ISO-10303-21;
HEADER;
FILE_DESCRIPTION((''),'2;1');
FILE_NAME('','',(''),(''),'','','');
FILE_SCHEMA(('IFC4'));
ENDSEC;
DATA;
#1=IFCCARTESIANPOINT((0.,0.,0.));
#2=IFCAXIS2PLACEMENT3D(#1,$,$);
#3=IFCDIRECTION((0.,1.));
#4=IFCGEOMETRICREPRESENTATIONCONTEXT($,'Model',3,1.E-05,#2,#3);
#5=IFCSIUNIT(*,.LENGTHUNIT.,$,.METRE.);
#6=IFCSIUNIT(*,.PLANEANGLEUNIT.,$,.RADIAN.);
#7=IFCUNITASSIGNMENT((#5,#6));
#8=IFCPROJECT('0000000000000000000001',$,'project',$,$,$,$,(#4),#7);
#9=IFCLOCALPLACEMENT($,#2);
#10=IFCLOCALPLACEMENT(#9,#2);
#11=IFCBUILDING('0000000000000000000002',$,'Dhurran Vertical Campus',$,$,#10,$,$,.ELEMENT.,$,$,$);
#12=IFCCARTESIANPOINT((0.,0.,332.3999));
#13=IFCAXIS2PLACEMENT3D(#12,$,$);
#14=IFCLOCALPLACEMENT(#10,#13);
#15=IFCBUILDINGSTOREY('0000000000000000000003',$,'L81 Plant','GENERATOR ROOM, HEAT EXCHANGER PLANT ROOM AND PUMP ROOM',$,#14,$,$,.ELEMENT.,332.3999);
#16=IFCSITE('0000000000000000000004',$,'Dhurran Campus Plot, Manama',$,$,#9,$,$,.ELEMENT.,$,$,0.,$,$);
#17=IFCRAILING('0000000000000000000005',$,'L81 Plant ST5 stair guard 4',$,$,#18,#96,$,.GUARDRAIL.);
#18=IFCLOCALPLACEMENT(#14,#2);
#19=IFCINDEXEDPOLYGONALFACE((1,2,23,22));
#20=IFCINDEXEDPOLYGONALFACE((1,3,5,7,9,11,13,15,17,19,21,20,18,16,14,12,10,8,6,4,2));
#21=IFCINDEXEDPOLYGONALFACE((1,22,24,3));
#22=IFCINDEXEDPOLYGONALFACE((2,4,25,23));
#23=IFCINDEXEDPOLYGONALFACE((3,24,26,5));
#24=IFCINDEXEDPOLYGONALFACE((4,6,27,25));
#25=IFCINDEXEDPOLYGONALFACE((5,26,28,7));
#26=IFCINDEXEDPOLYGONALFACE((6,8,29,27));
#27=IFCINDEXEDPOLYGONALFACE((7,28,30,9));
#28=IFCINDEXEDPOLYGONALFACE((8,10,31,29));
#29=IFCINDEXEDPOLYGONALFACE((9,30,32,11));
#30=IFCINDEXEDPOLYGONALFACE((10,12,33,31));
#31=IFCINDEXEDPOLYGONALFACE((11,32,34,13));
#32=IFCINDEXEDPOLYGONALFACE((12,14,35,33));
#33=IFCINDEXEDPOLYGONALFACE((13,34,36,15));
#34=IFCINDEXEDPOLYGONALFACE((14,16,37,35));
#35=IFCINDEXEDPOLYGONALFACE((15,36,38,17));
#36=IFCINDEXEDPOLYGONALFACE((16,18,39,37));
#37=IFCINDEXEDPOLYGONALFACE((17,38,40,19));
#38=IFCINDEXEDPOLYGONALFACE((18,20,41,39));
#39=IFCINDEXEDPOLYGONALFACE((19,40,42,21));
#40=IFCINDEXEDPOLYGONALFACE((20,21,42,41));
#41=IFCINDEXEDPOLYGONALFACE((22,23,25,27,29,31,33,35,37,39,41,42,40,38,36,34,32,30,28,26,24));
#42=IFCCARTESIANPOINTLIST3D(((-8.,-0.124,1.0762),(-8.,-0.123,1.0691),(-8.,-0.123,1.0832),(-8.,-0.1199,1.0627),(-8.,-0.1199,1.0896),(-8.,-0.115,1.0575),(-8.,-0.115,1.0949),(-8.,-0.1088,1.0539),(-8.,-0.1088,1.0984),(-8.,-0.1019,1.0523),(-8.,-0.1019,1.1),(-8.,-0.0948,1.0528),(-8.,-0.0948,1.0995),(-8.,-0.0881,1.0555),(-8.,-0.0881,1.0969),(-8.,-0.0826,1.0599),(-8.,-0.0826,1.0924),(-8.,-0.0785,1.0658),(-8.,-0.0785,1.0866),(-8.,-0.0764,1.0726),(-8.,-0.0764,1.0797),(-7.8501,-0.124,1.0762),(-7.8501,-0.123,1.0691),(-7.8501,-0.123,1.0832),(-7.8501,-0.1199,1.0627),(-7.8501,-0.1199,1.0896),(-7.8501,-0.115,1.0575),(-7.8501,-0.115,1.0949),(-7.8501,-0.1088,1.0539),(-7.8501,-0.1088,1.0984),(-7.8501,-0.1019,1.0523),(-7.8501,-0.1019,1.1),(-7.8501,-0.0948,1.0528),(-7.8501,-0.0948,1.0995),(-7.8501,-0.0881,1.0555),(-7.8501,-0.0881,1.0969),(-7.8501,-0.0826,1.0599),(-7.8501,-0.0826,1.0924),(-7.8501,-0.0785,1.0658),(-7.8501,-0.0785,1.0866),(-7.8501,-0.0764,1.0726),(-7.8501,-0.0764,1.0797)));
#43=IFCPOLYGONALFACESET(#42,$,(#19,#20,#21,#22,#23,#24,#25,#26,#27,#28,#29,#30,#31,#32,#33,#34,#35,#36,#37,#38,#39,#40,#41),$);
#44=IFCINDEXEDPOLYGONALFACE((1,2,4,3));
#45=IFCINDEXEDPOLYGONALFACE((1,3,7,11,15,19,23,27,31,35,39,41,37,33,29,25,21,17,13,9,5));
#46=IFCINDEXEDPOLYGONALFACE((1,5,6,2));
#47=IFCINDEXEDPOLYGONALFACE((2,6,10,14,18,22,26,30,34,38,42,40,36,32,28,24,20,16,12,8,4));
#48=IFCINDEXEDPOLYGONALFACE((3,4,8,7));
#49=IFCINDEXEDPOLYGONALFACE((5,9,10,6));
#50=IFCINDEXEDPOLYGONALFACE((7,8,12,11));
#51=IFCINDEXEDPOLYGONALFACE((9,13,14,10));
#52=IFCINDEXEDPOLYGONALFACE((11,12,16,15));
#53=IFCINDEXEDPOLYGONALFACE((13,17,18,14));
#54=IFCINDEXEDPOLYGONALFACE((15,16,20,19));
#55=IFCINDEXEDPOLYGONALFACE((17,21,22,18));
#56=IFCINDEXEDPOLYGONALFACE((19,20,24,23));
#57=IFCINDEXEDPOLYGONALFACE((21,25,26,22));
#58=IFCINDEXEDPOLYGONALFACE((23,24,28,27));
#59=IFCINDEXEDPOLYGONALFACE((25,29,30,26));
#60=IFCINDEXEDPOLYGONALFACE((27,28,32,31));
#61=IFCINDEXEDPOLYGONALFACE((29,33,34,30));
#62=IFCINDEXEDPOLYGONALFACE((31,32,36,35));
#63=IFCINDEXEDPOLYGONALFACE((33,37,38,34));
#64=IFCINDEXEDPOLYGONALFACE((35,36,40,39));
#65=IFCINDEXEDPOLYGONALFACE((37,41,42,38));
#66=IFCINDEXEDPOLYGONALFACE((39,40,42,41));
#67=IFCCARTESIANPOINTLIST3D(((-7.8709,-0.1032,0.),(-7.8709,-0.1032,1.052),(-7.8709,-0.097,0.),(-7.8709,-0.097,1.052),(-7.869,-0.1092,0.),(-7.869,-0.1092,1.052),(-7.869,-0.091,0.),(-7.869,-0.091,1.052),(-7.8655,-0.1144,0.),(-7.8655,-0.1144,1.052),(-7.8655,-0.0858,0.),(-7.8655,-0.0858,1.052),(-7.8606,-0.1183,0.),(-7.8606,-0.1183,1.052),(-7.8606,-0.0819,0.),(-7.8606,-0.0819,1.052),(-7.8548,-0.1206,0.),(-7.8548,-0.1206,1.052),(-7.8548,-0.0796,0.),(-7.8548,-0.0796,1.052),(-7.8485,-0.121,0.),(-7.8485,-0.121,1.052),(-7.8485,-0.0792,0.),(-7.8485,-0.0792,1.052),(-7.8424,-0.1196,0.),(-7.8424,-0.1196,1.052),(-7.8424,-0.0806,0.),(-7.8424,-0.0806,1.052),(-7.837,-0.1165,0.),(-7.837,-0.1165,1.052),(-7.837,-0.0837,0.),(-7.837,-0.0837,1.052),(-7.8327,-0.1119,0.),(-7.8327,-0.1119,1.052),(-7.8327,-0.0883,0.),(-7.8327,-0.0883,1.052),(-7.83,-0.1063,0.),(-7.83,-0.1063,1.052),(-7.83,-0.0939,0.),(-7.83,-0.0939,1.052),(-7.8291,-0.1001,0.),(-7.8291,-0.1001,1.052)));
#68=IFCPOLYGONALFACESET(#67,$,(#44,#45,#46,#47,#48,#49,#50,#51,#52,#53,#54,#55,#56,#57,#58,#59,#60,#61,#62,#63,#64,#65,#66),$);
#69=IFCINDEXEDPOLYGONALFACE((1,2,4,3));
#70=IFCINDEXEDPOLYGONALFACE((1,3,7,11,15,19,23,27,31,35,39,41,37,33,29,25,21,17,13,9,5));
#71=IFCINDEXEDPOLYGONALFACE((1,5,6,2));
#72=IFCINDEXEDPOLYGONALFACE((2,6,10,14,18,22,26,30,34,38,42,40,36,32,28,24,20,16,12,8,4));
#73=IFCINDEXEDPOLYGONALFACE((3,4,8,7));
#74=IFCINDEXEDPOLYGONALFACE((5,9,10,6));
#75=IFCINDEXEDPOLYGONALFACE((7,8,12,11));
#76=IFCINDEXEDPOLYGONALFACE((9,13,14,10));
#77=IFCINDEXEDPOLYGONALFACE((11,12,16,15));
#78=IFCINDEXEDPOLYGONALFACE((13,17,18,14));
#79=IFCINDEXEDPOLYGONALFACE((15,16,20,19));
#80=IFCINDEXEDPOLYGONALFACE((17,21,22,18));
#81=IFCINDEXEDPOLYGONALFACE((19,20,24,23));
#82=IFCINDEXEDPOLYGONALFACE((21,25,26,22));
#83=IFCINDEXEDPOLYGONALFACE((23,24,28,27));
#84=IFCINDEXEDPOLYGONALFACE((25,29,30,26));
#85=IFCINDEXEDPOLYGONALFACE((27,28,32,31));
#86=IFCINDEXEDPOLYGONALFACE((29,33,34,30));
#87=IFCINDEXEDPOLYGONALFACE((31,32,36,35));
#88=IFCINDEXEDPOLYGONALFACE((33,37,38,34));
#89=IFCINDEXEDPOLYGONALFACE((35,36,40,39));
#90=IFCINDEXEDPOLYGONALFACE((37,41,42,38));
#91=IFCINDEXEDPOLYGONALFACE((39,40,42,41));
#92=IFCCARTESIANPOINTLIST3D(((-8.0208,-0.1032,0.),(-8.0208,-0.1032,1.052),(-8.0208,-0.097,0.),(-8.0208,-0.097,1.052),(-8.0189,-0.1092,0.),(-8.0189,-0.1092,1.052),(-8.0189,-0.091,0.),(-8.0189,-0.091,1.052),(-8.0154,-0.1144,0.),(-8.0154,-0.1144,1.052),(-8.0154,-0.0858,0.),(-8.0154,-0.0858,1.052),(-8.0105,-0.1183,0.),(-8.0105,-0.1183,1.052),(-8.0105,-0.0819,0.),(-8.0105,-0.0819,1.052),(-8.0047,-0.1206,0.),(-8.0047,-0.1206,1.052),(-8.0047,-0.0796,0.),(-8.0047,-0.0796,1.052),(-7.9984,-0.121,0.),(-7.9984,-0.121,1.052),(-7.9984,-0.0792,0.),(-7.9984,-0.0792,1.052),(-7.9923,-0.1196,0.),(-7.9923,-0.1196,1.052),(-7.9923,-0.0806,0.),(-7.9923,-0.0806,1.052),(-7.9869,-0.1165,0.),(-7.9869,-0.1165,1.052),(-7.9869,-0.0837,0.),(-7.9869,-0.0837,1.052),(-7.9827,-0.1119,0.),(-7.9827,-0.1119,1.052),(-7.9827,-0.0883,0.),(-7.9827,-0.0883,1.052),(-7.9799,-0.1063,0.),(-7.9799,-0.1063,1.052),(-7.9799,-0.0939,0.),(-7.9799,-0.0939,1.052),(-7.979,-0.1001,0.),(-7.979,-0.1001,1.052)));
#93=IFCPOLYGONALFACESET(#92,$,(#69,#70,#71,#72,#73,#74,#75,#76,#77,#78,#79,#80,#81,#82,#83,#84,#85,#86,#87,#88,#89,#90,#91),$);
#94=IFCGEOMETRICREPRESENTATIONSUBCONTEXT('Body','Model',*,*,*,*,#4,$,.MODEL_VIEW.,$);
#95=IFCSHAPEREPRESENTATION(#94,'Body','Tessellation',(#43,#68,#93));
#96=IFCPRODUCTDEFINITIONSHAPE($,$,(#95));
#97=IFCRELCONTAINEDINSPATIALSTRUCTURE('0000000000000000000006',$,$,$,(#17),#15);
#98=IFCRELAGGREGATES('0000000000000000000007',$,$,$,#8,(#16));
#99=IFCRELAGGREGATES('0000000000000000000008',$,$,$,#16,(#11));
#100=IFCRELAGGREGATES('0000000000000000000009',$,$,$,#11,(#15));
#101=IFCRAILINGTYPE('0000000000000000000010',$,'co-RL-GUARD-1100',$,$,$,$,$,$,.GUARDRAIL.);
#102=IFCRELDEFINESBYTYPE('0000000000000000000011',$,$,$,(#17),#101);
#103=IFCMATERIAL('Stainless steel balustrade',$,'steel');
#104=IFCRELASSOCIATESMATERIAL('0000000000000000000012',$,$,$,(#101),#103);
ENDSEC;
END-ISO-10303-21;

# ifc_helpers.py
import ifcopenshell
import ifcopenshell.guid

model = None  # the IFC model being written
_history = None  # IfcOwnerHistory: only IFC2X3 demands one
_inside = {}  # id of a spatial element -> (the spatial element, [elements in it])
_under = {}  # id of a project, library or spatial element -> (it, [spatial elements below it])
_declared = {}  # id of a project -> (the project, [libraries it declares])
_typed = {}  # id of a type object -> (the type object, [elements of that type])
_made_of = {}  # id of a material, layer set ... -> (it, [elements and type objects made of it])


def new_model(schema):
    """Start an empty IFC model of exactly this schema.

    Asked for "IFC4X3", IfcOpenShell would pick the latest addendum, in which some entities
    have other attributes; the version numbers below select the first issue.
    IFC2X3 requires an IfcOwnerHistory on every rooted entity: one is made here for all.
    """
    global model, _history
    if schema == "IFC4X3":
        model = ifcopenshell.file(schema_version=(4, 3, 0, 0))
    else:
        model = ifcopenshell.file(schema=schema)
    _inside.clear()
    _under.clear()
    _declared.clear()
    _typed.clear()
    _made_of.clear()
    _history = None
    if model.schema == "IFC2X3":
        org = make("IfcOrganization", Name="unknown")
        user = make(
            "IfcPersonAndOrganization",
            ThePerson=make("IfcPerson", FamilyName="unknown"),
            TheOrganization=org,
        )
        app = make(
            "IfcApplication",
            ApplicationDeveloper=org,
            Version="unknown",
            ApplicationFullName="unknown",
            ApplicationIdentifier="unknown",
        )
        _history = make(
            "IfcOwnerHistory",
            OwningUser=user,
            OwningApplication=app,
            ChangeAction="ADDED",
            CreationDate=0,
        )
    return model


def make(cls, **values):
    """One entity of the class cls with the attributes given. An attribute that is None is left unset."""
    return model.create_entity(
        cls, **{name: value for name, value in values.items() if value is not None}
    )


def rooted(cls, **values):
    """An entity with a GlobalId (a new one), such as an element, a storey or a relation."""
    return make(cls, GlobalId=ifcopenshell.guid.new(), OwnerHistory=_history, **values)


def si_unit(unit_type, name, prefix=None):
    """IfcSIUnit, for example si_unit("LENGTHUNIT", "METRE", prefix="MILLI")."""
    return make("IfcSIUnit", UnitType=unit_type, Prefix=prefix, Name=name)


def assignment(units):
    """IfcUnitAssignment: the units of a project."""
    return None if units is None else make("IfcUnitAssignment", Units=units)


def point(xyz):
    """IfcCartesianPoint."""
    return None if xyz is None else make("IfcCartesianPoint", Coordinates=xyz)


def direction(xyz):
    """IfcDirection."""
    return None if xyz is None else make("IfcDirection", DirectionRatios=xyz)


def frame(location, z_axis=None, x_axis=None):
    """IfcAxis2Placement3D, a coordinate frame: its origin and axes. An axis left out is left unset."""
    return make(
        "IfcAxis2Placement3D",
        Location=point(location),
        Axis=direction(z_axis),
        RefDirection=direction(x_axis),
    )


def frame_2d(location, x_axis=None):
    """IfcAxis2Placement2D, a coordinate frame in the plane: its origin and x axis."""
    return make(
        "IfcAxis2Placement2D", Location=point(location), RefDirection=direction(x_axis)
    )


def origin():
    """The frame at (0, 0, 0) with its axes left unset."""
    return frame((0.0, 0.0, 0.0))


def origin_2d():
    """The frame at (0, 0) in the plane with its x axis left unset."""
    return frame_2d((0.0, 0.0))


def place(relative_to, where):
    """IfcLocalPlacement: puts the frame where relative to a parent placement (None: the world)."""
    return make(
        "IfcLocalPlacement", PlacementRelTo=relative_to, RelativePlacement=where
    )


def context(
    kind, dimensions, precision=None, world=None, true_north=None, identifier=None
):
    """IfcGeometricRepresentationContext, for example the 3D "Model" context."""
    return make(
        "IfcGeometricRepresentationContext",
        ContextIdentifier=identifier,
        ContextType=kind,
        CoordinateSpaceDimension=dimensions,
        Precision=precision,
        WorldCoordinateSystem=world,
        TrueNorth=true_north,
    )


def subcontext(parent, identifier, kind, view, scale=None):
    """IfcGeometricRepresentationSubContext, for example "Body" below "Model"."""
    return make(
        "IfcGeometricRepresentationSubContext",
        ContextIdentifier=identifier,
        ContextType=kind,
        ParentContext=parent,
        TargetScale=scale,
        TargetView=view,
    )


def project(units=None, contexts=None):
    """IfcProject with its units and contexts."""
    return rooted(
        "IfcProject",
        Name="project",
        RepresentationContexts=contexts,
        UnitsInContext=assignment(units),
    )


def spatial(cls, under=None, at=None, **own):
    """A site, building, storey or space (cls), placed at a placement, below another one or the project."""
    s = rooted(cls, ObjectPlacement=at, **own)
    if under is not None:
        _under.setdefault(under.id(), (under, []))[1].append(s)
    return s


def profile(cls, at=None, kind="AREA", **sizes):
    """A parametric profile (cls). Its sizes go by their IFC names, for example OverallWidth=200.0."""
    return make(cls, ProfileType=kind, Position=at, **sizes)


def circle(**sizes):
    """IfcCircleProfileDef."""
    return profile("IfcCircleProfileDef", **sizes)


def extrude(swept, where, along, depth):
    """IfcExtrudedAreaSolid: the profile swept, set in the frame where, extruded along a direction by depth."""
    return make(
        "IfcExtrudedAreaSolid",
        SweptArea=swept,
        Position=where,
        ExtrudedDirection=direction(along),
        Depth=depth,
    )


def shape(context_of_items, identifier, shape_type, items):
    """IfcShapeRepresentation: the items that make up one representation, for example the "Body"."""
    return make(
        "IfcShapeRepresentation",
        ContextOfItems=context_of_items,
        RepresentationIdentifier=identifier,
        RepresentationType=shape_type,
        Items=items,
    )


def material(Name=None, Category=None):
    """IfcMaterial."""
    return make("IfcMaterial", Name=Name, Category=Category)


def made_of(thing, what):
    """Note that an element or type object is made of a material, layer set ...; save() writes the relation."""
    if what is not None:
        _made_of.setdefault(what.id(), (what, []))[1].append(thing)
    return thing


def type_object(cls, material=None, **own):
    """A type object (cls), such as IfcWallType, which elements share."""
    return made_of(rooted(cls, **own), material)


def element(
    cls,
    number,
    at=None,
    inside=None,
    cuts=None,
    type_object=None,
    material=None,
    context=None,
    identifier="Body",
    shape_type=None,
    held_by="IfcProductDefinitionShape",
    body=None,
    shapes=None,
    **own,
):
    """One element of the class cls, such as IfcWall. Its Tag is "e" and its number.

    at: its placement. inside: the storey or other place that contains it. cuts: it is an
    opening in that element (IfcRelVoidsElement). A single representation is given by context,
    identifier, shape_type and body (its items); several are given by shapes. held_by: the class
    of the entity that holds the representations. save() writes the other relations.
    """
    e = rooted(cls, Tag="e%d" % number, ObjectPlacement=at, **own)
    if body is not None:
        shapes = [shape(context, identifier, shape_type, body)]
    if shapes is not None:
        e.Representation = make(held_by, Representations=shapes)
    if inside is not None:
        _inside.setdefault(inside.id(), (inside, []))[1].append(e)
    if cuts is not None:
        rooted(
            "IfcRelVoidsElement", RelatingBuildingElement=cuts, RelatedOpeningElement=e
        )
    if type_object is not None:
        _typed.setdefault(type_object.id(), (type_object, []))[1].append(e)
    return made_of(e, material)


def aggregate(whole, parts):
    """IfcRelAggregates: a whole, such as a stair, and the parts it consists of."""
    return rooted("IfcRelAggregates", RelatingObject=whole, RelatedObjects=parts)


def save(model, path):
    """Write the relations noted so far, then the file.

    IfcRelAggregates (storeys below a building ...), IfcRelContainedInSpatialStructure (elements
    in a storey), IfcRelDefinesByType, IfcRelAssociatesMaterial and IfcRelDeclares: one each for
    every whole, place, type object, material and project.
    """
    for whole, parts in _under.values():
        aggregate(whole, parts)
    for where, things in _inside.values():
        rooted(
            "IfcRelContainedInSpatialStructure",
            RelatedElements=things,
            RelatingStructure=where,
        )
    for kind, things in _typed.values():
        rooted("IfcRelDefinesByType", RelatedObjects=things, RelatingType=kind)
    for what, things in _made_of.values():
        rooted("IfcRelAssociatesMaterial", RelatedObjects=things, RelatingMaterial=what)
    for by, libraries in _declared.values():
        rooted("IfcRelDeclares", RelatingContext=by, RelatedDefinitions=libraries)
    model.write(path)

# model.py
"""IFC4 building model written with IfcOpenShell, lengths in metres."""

from ifc_helpers import new_model, si_unit, direction, frame, origin, origin_2d, place, context, subcontext, project, spatial, circle, extrude, material, type_object, element, save


model = new_model("IFC4")

# Units and contexts
model_context = context("Model", 3, precision=1e-05, world=origin(), true_north=direction((0.0, 1.0)))
body_context = subcontext(model_context, "Body", "Model", "MODEL_VIEW")
ifc_project = project(units=[si_unit("LENGTHUNIT", "METRE"), si_unit("PLANEANGLEUNIT", "RADIAN")], contexts=[model_context])

# Site, building, storey
site_placement = place(None, origin())
site = spatial("IfcSite", under=ifc_project, at=site_placement, Name="Dhurran Campus Plot, Manama", CompositionType="ELEMENT", RefElevation=0.0)
building_placement = place(site_placement, origin())
building = spatial("IfcBuilding", under=site, at=building_placement, Name="Dhurran Vertical Campus", CompositionType="ELEMENT")
storey_placement = place(building_placement, frame((0.0, 0.0, 332.3999)))
storey = spatial("IfcBuildingStorey", under=building, at=storey_placement, Name="L81 Plant", Description="GENERATOR ROOM, HEAT EXCHANGER PLANT ROOM AND PUMP ROOM", CompositionType="ELEMENT", Elevation=332.3999)

# Railing
ifc_material_1 = material(Name="Stainless steel balustrade", Category="steel")
railing_type = type_object("IfcRailingType", Name="co-RL-GUARD-1100", PredefinedType="GUARDRAIL", material=ifc_material_1)
railing_1_placement = place(storey_placement, frame((-7.8501, -0.1001, 0.0)))
element("IfcRailing", 1, at=railing_1_placement, inside=storey, type_object=railing_type, Name="L81 Plant ST5 stair guard 4", PredefinedType="GUARDRAIL", context=body_context, shape_type="SweptSolid", body=[
    extrude(circle(Radius=0.0239, at=origin_2d()), frame((0.0, 0.0, 1.0762), z_axis=(-1.0, 0.0, 0.0), x_axis=(0.0, -1.0, 0.0)), (0.0, 0.0, 1.0), 0.1499),
    extrude(circle(Radius=0.021, at=origin_2d()), origin(), (0.0, 0.0, 1.0), 1.052),
    extrude(circle(Radius=0.021, at=origin_2d()), frame((-0.1499, 0.0, 0.0)), (0.0, 0.0, 1.0), 1.052),
])

save(model, "model.ifc")
